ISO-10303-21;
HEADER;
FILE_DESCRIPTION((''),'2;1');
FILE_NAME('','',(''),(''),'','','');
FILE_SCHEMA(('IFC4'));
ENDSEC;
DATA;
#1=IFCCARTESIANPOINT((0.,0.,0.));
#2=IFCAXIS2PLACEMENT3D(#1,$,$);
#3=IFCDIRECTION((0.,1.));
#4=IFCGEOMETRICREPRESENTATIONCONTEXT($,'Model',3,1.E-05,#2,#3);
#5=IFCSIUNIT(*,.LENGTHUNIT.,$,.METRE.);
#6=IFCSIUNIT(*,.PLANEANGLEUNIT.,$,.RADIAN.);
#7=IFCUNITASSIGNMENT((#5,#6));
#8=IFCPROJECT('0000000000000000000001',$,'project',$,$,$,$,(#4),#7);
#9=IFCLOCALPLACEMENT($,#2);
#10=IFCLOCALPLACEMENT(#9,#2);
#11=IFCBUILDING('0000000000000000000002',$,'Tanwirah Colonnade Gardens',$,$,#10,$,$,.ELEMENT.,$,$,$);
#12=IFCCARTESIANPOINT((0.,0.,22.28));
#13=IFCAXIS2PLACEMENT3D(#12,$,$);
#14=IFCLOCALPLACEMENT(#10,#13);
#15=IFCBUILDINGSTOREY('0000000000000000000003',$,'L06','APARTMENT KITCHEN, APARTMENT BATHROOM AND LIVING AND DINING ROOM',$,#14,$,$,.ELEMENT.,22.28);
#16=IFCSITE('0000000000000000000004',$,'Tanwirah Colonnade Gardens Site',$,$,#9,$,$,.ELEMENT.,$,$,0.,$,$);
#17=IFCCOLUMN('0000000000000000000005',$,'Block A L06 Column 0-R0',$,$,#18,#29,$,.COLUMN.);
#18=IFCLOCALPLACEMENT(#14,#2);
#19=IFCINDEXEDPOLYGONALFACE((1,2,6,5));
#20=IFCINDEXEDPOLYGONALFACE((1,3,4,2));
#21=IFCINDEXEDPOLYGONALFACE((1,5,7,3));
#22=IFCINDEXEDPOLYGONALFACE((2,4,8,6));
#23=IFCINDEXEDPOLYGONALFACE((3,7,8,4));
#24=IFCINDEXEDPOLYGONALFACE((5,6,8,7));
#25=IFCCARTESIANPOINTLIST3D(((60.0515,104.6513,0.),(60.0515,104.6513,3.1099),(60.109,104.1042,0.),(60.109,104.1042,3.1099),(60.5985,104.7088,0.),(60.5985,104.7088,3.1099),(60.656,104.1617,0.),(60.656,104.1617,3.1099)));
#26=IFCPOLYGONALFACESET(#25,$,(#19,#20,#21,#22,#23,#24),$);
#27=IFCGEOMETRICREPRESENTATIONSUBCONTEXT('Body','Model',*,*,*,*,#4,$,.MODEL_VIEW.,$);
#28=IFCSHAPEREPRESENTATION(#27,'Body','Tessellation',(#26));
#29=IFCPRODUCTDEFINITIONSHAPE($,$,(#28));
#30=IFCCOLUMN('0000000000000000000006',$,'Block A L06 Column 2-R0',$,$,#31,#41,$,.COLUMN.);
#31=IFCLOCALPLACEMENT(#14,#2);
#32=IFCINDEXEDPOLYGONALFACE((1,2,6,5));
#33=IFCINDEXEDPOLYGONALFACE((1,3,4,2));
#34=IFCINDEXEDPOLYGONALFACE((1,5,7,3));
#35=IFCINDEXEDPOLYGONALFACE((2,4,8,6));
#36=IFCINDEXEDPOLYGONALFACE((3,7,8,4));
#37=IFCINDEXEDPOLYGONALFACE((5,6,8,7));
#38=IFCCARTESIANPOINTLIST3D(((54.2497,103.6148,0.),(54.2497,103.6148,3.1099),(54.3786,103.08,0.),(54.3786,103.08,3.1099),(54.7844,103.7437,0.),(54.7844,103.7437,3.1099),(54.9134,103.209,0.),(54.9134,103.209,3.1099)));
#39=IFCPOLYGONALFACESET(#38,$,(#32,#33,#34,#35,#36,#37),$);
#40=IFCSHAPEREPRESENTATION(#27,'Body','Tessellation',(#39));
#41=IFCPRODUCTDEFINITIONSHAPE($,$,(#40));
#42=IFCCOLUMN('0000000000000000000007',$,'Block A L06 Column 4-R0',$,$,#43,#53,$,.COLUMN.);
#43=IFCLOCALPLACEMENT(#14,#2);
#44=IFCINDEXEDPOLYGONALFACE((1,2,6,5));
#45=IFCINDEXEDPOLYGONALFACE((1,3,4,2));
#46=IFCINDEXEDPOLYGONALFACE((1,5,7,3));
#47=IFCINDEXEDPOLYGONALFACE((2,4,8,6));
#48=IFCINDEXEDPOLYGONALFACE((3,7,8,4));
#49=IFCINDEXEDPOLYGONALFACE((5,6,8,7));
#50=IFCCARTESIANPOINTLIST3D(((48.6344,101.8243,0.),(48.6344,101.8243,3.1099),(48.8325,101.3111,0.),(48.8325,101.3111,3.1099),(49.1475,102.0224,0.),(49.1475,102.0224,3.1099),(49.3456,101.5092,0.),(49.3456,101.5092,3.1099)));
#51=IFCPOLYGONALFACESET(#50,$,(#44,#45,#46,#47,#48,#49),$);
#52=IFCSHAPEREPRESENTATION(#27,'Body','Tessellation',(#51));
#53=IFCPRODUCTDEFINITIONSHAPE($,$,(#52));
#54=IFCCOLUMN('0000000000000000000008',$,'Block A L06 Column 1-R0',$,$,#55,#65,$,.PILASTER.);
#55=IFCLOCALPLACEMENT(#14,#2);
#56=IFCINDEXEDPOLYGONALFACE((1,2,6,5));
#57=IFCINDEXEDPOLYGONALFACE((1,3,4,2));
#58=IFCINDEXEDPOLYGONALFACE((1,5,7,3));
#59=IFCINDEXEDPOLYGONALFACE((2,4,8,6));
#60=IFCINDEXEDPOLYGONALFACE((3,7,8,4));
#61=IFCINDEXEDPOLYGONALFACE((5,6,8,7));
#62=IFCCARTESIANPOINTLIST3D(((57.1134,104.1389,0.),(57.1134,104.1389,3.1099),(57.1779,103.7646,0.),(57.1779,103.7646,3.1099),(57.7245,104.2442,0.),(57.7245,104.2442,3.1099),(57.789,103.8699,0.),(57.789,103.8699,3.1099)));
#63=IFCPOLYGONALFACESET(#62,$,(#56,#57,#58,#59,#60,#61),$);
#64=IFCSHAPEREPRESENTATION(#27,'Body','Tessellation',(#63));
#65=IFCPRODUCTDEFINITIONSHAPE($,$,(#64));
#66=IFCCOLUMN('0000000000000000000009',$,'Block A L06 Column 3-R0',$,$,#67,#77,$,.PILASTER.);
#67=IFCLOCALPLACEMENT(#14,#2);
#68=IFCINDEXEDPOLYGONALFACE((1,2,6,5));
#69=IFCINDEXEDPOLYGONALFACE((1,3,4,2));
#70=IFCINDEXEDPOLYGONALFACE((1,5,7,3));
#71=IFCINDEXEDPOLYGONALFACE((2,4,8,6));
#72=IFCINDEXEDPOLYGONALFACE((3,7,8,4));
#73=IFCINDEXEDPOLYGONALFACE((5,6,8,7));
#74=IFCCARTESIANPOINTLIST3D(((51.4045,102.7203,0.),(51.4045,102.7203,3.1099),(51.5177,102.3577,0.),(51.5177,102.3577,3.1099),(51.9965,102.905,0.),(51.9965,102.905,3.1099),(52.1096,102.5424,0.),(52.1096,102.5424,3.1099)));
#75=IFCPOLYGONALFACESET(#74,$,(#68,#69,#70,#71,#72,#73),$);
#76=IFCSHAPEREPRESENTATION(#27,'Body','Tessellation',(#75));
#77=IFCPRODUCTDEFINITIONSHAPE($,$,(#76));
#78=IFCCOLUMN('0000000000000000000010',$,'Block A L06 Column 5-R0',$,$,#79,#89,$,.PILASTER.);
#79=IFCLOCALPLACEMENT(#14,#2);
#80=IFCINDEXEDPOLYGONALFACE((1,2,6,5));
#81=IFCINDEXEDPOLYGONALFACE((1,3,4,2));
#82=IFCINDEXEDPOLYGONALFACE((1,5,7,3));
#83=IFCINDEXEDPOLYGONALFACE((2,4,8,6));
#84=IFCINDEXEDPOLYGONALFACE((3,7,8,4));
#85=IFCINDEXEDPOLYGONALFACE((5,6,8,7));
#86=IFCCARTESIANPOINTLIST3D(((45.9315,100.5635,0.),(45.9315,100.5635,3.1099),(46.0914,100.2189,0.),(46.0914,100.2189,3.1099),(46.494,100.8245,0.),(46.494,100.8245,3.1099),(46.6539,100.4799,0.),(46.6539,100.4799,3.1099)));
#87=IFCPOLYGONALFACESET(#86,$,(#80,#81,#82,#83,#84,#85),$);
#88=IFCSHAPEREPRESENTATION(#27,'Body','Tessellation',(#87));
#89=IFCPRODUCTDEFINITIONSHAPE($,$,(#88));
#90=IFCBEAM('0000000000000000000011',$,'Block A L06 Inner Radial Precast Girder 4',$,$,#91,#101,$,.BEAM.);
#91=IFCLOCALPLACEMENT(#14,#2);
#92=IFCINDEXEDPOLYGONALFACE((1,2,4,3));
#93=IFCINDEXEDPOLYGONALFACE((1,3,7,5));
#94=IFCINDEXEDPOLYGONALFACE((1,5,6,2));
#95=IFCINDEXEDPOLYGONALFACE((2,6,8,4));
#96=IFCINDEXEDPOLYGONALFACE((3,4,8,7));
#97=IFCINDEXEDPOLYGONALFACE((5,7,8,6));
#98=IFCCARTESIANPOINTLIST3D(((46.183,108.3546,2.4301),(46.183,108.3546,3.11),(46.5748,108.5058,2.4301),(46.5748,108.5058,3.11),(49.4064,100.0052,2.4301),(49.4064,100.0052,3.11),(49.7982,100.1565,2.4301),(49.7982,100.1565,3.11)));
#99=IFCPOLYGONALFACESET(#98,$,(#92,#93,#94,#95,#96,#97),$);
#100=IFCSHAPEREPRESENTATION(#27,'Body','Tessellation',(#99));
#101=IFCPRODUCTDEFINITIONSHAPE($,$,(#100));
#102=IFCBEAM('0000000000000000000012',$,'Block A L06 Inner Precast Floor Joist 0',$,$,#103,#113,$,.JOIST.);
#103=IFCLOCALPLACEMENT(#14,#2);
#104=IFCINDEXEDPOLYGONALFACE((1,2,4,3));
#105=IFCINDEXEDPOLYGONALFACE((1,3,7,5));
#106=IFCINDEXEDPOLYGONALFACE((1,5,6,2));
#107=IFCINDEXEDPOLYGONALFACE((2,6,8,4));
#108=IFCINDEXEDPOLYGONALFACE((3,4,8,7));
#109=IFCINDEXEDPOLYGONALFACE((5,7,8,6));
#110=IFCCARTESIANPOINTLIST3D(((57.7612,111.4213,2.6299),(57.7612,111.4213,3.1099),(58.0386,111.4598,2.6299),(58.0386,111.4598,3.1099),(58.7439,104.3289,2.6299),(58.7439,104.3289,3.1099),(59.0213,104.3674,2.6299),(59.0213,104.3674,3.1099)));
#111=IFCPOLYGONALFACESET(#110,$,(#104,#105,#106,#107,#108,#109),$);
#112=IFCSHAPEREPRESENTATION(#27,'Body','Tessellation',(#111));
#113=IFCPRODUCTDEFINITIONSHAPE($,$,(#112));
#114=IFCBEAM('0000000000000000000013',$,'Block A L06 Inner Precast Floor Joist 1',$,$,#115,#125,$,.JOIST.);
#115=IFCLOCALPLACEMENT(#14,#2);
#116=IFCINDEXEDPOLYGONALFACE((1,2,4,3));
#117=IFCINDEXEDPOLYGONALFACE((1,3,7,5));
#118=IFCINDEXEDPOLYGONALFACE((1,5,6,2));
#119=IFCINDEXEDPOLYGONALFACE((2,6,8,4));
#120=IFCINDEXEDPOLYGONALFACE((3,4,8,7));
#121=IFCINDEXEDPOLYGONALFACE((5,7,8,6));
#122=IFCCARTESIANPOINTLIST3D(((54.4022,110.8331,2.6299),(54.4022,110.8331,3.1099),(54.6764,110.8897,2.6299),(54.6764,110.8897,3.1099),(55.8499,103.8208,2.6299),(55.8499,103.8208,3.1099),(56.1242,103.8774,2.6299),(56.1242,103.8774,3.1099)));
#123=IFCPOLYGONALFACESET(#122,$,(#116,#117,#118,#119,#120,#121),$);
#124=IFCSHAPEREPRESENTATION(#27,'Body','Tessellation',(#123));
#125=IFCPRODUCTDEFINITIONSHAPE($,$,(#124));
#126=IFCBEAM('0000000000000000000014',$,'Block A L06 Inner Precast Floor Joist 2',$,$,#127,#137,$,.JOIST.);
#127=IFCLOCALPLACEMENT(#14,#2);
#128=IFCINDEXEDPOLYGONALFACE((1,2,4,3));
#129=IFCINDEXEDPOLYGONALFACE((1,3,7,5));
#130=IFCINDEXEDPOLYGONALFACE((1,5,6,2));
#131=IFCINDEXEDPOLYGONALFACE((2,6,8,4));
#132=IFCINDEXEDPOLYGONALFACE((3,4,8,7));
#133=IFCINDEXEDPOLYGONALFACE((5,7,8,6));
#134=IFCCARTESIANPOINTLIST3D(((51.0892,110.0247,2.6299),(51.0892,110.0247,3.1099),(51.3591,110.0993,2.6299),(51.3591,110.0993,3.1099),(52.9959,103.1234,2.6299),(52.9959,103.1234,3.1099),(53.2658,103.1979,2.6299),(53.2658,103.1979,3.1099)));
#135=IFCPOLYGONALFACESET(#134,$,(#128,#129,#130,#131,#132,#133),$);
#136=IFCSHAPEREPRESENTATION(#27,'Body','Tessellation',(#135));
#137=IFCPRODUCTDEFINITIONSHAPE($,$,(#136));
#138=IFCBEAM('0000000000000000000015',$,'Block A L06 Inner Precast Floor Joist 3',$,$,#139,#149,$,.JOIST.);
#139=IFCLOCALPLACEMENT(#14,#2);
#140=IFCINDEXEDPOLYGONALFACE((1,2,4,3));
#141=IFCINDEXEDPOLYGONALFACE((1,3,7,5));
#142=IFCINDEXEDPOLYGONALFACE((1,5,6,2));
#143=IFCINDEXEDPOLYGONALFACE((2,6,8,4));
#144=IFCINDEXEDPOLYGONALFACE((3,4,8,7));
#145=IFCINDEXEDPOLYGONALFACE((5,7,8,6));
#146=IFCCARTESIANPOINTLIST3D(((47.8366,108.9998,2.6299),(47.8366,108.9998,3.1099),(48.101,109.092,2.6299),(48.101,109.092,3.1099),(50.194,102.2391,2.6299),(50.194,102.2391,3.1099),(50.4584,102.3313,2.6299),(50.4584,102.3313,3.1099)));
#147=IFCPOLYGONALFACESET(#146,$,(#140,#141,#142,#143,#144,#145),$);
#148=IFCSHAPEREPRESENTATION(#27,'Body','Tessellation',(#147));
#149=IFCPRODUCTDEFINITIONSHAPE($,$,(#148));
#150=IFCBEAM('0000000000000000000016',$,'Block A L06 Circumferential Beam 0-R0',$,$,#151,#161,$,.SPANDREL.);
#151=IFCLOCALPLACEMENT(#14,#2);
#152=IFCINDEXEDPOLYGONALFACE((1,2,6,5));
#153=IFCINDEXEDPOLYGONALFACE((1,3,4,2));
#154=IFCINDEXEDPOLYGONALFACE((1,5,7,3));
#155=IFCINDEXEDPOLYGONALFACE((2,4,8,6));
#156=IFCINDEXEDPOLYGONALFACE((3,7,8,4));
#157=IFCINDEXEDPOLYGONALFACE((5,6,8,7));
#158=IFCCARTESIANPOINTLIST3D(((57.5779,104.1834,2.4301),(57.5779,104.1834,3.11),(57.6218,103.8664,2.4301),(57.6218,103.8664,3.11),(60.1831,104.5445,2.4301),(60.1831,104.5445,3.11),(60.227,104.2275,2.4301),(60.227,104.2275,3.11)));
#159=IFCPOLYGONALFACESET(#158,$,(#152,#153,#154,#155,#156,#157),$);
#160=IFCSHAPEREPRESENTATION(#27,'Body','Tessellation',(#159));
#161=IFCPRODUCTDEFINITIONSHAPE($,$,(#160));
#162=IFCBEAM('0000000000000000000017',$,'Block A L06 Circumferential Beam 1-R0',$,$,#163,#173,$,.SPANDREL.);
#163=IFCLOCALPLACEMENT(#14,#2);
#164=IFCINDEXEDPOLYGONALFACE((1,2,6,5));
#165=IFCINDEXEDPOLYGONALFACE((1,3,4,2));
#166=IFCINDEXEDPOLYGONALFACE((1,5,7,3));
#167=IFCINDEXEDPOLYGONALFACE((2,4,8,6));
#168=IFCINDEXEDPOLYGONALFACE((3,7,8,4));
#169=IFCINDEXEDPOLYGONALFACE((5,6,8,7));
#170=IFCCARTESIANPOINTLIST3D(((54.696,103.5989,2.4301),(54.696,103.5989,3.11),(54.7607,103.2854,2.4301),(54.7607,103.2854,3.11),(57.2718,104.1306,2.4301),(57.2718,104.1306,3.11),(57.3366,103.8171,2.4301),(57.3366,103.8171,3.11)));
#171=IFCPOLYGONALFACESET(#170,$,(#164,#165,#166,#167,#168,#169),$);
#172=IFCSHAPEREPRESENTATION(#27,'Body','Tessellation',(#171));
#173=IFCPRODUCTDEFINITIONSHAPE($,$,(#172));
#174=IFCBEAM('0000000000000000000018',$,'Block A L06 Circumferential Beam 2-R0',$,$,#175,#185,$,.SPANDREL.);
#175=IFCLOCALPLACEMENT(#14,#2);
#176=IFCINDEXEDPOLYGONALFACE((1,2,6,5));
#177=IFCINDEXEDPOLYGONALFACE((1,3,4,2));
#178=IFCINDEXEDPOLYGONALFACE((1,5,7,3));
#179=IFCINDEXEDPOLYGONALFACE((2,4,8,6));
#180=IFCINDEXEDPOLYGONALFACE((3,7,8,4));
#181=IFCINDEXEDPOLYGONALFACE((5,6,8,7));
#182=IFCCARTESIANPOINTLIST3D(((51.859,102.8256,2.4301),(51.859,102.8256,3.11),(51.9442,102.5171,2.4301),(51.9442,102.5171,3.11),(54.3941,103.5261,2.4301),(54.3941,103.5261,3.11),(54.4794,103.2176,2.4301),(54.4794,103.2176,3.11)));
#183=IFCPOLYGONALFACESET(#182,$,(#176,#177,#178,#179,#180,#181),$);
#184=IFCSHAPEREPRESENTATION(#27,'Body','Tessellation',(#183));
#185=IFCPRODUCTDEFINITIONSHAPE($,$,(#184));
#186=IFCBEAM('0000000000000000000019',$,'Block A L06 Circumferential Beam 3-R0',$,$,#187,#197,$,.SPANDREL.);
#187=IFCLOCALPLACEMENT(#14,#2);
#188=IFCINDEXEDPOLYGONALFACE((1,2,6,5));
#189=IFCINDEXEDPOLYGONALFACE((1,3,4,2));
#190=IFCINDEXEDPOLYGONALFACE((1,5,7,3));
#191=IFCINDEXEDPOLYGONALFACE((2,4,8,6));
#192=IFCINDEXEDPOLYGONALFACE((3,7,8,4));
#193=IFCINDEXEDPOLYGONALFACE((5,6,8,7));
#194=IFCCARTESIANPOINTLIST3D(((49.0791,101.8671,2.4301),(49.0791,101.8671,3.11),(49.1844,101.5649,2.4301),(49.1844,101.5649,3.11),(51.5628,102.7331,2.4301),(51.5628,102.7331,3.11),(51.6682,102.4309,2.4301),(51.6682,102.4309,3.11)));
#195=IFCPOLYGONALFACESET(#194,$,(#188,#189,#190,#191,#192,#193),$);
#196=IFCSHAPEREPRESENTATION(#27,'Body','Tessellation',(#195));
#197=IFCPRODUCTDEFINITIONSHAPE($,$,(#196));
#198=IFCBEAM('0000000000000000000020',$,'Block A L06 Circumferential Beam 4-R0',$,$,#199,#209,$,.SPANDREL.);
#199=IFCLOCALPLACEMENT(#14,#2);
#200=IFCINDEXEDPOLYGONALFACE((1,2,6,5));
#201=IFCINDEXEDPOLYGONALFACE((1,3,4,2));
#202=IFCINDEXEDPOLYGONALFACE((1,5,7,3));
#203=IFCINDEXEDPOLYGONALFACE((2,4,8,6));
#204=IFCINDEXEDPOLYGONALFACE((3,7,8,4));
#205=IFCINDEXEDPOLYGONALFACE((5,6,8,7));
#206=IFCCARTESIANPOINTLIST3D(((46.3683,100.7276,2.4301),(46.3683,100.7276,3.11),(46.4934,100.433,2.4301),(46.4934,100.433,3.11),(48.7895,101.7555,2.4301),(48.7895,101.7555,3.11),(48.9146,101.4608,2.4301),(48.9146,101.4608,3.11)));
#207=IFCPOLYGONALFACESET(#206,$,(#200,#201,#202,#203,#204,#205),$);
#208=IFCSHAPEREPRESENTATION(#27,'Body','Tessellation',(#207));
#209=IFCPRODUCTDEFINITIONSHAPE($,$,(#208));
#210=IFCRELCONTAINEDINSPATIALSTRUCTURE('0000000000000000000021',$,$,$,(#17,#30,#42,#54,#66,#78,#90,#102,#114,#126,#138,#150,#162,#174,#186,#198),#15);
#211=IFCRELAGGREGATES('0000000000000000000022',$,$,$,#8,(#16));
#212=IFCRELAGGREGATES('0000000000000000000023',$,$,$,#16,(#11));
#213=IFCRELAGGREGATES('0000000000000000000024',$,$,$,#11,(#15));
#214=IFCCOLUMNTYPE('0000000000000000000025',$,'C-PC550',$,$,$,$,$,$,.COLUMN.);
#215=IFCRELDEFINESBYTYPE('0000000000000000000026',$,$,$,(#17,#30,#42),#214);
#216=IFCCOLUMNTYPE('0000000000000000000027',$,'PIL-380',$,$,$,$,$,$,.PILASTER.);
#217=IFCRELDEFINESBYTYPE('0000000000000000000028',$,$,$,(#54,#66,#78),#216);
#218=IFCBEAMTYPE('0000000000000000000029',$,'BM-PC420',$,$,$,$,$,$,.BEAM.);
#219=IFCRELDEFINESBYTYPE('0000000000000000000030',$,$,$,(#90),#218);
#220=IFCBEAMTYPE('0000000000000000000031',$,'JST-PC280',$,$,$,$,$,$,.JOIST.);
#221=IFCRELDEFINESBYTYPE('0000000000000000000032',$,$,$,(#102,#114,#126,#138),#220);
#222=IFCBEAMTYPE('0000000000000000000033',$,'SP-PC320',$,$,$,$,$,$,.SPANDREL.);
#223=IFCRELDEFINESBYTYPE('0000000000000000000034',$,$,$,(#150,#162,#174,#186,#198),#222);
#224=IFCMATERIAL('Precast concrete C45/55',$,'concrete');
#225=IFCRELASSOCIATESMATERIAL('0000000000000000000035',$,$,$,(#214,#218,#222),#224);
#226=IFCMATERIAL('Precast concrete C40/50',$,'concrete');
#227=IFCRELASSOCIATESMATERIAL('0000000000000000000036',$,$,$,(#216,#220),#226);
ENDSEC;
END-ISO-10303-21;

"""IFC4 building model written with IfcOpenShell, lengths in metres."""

from ifc_helpers import new_model, si_unit, direction, frame, origin, origin_2d, place, context, subcontext, project, spatial, rectangle, extrude, material, material_profile, profile_set, type_object, element, save


model = new_model("IFC4")

# Units and contexts
model_context = context("Model", 3, precision=1e-05, world=origin(), true_north=direction((0.0, 1.0)))
body_context = subcontext(model_context, "Body", "Model", "MODEL_VIEW")
ifc_project = project(units=[si_unit("LENGTHUNIT", "METRE"), si_unit("PLANEANGLEUNIT", "RADIAN")], contexts=[model_context])

# Site, building, storey
site_placement = place(None, origin())
site = spatial("IfcSite", under=ifc_project, at=site_placement, Name="Tanwirah Colonnade Gardens Site", CompositionType="ELEMENT", RefElevation=0.0)
building_placement = place(site_placement, origin())
building = spatial("IfcBuilding", under=site, at=building_placement, Name="Tanwirah Colonnade Gardens", CompositionType="ELEMENT")
storey_placement = place(building_placement, frame((0.0, 0.0, 22.28)))
storey = spatial("IfcBuildingStorey", under=building, at=storey_placement, Name="L06", Description="APARTMENT KITCHEN, APARTMENT BATHROOM AND LIVING AND DINING ROOM", CompositionType="ELEMENT", Elevation=22.28)

# Columns
ifc_material_1 = material(Name="Precast concrete C45/55", Category="concrete")
ifc_material_profile_1 = material_profile(ifc_material_1, rectangle(XDim=0.55, YDim=0.55, at=origin_2d()), Name="PC-COL 550x550")
ifc_profile_set_1 = profile_set([ifc_material_profile_1], Name="Precast concrete C45/55")
column_type_1 = type_object("IfcColumnType", Name="C-PC550", PredefinedType="COLUMN", material=ifc_profile_set_1)
for number, where, z_axis, x_axis, name in (
    (1, (60.3538, 104.4065, 0.0), (0.0, 0.0, 1.0), (-0.104528, 0.994522, 0.0), "Block A L06 Column 0-R0"),
    (2, (54.5815, 103.4119, 0.0), (0.0, 0.0, 1.0), (-0.234388, 0.972143, 0.0), "Block A L06 Column 2-R0"),
    (3, (48.99, 101.6667, 0.0), (0.0, 0.0, 1.0), (-0.360178, 0.932884, 0.0), "Block A L06 Column 4-R0"),
):
    element("IfcColumn", number, at=place(storey_placement, frame(where, z_axis=z_axis, x_axis=x_axis)), inside=storey, type_object=column_type_1, Name=name, PredefinedType="COLUMN", context=body_context, shape_type="SweptSolid", body=[
        extrude(rectangle(XDim=0.55, YDim=0.55, at=origin_2d()), origin(), (0.0, 0.0, 1.0), 3.1099),
    ])
ifc_material_2 = material(Name="Precast concrete C40/50", Category="concrete")
ifc_material_profile_2 = material_profile(ifc_material_2, rectangle(XDim=0.3799, YDim=0.6201, at=origin_2d()), Name="PC-PIL 380x620")
ifc_profile_set_2 = profile_set([ifc_material_profile_2], Name="Precast concrete C40/50")
column_type_2 = type_object("IfcColumnType", Name="PIL-380", PredefinedType="PILASTER", material=ifc_profile_set_2)
for number, where, z_axis, x_axis, name in (
    (4, (57.4512, 104.0044, 0.0), (0.0, 0.0, 1.0), (-0.169827, 0.985474, 0.0), "Block A L06 Column 1-R0"),
    (5, (51.7571, 102.6313, 0.0), (0.0, 0.0, 1.0), (-0.29793, 0.954588, 0.0), "Block A L06 Column 3-R0"),
    (6, (46.2927, 100.5217, 0.0), (0.0, 0.0, 1.0), (-0.42086, 0.907126, 0.0), "Block A L06 Column 5-R0"),
):
    element("IfcColumn", number, at=place(storey_placement, frame(where, z_axis=z_axis, x_axis=x_axis)), inside=storey, type_object=column_type_2, Name=name, PredefinedType="PILASTER", context=body_context, shape_type="SweptSolid", body=[
        extrude(rectangle(XDim=0.3799, YDim=0.6201, at=origin_2d()), origin(), (0.0, 0.0, 1.0), 3.1099),
    ])

# Beams
ifc_material_profile_3 = material_profile(ifc_material_1, rectangle(XDim=0.4199, YDim=0.6799, at=origin_2d()), Name="PC-BM 420x680")
ifc_profile_set_3 = profile_set([ifc_material_profile_3], Name="Precast concrete C45/55")
beam_type_1 = type_object("IfcBeamType", Name="BM-PC420", PredefinedType="BEAM", material=ifc_profile_set_3)
beam_placement = place(storey_placement, frame((46.3789, 108.4302, 2.77), z_axis=(0.360156, -0.932892, 0.0), x_axis=(0.932892, 0.360156, 0.0)))
element("IfcBeam", 7, at=beam_placement, inside=storey, type_object=beam_type_1, Name="Block A L06 Inner Radial Precast Girder 4", PredefinedType="BEAM", context=body_context, shape_type="SweptSolid", body=[
    extrude(rectangle(XDim=0.4199, YDim=0.6799, at=origin_2d()), origin(), (0.0, 0.0, 1.0), 8.95),
])
ifc_material_profile_4 = material_profile(ifc_material_2, rectangle(XDim=0.28, YDim=0.48, at=origin_2d()), Name="PC-JST 280x480")
ifc_profile_set_4 = profile_set([ifc_material_profile_4], Name="Precast concrete C40/50")
beam_type_2 = type_object("IfcBeamType", Name="JST-PC280", PredefinedType="JOIST", material=ifc_profile_set_4)
for number, where, z_axis, x_axis, name in (
    (8, (58.8826, 104.3481, 2.8699), (-0.137243, 0.990537, 0.0), (-0.990537, -0.137243, 0.0), "Block A L06 Inner Precast Floor Joist 0"),
    (9, (55.9871, 103.8491, 2.8699), (-0.202197, 0.979345, 0.0), (-0.979345, -0.202197, 0.0), "Block A L06 Inner Precast Floor Joist 1"),
):
    element("IfcBeam", number, at=place(storey_placement, frame(where, z_axis=z_axis, x_axis=x_axis)), inside=storey, type_object=beam_type_2, Name=name, PredefinedType="JOIST", context=body_context, shape_type="SweptSolid", body=[
        extrude(rectangle(XDim=0.28, YDim=0.48, at=origin_2d()), origin(), (0.0, 0.0, 1.0), 7.1602),
    ])
for number, where, z_axis, x_axis, name in (
    (10, (53.1309, 103.1606, 2.8699), (-0.266307, 0.963888, 0.0), (-0.963888, -0.266307, 0.0), "Block A L06 Inner Precast Floor Joist 2"),
    (11, (50.3262, 102.2852, 2.8699), (-0.329251, 0.944243, 0.0), (-0.944243, -0.329251, 0.0), "Block A L06 Inner Precast Floor Joist 3"),
):
    element("IfcBeam", number, at=place(storey_placement, frame(where, z_axis=z_axis, x_axis=x_axis)), inside=storey, type_object=beam_type_2, Name=name, PredefinedType="JOIST", context=body_context, shape_type="SweptSolid", body=[
        extrude(rectangle(XDim=0.28, YDim=0.48, at=origin_2d()), origin(), (0.0, 0.0, 1.0), 7.1599),
    ])
ifc_material_profile_5 = material_profile(ifc_material_1, rectangle(XDim=0.3201, YDim=0.6799, at=origin_2d()), Name="PC-SP 320x680")
ifc_profile_set_5 = profile_set([ifc_material_profile_5], Name="Precast concrete C45/55")
beam_type_3 = type_object("IfcBeamType", Name="SP-PC320", PredefinedType="SPANDREL", material=ifc_profile_set_5)
for number, where, z_axis, x_axis, name in (
    (12, (60.2051, 104.386, 2.77), (-0.990531, -0.137288, 0.0), (0.137288, -0.990531, 0.0), "Block A L06 Circumferential Beam 0-R0"),
    (13, (57.3042, 103.9739, 2.77), (-0.979352, -0.202164, 0.0), (0.202164, -0.979352, 0.0), "Block A L06 Circumferential Beam 1-R0"),
    (14, (54.4368, 103.3718, 2.77), (-0.963887, -0.266313, 0.0), (0.266313, -0.963887, 0.0), "Block A L06 Circumferential Beam 2-R0"),
):
    element("IfcBeam", number, at=place(storey_placement, frame(where, z_axis=z_axis, x_axis=x_axis)), inside=storey, type_object=beam_type_3, Name=name, PredefinedType="SPANDREL", context=body_context, shape_type="SweptSolid", body=[
        extrude(rectangle(XDim=0.3201, YDim=0.6799, at=origin_2d()), origin(), (0.0, 0.0, 1.0), 2.6301),
    ])
for number, where, z_axis, x_axis, name in (
    (15, (51.6155, 102.582, 2.77), (-0.94425, -0.32923, 0.0), (0.32923, -0.94425, 0.0), "Block A L06 Circumferential Beam 3-R0"),
    (16, (48.8521, 101.6082, 2.77), (-0.920489, -0.390769, 0.0), (0.390769, -0.920489, 0.0), "Block A L06 Circumferential Beam 4-R0"),
):
    element("IfcBeam", number, at=place(storey_placement, frame(where, z_axis=z_axis, x_axis=x_axis)), inside=storey, type_object=beam_type_3, Name=name, PredefinedType="SPANDREL", context=body_context, shape_type="SweptSolid", body=[
        extrude(rectangle(XDim=0.3201, YDim=0.6799, at=origin_2d()), origin(), (0.0, 0.0, 1.0), 2.6304),
    ])

save(model, "model.ifc")
